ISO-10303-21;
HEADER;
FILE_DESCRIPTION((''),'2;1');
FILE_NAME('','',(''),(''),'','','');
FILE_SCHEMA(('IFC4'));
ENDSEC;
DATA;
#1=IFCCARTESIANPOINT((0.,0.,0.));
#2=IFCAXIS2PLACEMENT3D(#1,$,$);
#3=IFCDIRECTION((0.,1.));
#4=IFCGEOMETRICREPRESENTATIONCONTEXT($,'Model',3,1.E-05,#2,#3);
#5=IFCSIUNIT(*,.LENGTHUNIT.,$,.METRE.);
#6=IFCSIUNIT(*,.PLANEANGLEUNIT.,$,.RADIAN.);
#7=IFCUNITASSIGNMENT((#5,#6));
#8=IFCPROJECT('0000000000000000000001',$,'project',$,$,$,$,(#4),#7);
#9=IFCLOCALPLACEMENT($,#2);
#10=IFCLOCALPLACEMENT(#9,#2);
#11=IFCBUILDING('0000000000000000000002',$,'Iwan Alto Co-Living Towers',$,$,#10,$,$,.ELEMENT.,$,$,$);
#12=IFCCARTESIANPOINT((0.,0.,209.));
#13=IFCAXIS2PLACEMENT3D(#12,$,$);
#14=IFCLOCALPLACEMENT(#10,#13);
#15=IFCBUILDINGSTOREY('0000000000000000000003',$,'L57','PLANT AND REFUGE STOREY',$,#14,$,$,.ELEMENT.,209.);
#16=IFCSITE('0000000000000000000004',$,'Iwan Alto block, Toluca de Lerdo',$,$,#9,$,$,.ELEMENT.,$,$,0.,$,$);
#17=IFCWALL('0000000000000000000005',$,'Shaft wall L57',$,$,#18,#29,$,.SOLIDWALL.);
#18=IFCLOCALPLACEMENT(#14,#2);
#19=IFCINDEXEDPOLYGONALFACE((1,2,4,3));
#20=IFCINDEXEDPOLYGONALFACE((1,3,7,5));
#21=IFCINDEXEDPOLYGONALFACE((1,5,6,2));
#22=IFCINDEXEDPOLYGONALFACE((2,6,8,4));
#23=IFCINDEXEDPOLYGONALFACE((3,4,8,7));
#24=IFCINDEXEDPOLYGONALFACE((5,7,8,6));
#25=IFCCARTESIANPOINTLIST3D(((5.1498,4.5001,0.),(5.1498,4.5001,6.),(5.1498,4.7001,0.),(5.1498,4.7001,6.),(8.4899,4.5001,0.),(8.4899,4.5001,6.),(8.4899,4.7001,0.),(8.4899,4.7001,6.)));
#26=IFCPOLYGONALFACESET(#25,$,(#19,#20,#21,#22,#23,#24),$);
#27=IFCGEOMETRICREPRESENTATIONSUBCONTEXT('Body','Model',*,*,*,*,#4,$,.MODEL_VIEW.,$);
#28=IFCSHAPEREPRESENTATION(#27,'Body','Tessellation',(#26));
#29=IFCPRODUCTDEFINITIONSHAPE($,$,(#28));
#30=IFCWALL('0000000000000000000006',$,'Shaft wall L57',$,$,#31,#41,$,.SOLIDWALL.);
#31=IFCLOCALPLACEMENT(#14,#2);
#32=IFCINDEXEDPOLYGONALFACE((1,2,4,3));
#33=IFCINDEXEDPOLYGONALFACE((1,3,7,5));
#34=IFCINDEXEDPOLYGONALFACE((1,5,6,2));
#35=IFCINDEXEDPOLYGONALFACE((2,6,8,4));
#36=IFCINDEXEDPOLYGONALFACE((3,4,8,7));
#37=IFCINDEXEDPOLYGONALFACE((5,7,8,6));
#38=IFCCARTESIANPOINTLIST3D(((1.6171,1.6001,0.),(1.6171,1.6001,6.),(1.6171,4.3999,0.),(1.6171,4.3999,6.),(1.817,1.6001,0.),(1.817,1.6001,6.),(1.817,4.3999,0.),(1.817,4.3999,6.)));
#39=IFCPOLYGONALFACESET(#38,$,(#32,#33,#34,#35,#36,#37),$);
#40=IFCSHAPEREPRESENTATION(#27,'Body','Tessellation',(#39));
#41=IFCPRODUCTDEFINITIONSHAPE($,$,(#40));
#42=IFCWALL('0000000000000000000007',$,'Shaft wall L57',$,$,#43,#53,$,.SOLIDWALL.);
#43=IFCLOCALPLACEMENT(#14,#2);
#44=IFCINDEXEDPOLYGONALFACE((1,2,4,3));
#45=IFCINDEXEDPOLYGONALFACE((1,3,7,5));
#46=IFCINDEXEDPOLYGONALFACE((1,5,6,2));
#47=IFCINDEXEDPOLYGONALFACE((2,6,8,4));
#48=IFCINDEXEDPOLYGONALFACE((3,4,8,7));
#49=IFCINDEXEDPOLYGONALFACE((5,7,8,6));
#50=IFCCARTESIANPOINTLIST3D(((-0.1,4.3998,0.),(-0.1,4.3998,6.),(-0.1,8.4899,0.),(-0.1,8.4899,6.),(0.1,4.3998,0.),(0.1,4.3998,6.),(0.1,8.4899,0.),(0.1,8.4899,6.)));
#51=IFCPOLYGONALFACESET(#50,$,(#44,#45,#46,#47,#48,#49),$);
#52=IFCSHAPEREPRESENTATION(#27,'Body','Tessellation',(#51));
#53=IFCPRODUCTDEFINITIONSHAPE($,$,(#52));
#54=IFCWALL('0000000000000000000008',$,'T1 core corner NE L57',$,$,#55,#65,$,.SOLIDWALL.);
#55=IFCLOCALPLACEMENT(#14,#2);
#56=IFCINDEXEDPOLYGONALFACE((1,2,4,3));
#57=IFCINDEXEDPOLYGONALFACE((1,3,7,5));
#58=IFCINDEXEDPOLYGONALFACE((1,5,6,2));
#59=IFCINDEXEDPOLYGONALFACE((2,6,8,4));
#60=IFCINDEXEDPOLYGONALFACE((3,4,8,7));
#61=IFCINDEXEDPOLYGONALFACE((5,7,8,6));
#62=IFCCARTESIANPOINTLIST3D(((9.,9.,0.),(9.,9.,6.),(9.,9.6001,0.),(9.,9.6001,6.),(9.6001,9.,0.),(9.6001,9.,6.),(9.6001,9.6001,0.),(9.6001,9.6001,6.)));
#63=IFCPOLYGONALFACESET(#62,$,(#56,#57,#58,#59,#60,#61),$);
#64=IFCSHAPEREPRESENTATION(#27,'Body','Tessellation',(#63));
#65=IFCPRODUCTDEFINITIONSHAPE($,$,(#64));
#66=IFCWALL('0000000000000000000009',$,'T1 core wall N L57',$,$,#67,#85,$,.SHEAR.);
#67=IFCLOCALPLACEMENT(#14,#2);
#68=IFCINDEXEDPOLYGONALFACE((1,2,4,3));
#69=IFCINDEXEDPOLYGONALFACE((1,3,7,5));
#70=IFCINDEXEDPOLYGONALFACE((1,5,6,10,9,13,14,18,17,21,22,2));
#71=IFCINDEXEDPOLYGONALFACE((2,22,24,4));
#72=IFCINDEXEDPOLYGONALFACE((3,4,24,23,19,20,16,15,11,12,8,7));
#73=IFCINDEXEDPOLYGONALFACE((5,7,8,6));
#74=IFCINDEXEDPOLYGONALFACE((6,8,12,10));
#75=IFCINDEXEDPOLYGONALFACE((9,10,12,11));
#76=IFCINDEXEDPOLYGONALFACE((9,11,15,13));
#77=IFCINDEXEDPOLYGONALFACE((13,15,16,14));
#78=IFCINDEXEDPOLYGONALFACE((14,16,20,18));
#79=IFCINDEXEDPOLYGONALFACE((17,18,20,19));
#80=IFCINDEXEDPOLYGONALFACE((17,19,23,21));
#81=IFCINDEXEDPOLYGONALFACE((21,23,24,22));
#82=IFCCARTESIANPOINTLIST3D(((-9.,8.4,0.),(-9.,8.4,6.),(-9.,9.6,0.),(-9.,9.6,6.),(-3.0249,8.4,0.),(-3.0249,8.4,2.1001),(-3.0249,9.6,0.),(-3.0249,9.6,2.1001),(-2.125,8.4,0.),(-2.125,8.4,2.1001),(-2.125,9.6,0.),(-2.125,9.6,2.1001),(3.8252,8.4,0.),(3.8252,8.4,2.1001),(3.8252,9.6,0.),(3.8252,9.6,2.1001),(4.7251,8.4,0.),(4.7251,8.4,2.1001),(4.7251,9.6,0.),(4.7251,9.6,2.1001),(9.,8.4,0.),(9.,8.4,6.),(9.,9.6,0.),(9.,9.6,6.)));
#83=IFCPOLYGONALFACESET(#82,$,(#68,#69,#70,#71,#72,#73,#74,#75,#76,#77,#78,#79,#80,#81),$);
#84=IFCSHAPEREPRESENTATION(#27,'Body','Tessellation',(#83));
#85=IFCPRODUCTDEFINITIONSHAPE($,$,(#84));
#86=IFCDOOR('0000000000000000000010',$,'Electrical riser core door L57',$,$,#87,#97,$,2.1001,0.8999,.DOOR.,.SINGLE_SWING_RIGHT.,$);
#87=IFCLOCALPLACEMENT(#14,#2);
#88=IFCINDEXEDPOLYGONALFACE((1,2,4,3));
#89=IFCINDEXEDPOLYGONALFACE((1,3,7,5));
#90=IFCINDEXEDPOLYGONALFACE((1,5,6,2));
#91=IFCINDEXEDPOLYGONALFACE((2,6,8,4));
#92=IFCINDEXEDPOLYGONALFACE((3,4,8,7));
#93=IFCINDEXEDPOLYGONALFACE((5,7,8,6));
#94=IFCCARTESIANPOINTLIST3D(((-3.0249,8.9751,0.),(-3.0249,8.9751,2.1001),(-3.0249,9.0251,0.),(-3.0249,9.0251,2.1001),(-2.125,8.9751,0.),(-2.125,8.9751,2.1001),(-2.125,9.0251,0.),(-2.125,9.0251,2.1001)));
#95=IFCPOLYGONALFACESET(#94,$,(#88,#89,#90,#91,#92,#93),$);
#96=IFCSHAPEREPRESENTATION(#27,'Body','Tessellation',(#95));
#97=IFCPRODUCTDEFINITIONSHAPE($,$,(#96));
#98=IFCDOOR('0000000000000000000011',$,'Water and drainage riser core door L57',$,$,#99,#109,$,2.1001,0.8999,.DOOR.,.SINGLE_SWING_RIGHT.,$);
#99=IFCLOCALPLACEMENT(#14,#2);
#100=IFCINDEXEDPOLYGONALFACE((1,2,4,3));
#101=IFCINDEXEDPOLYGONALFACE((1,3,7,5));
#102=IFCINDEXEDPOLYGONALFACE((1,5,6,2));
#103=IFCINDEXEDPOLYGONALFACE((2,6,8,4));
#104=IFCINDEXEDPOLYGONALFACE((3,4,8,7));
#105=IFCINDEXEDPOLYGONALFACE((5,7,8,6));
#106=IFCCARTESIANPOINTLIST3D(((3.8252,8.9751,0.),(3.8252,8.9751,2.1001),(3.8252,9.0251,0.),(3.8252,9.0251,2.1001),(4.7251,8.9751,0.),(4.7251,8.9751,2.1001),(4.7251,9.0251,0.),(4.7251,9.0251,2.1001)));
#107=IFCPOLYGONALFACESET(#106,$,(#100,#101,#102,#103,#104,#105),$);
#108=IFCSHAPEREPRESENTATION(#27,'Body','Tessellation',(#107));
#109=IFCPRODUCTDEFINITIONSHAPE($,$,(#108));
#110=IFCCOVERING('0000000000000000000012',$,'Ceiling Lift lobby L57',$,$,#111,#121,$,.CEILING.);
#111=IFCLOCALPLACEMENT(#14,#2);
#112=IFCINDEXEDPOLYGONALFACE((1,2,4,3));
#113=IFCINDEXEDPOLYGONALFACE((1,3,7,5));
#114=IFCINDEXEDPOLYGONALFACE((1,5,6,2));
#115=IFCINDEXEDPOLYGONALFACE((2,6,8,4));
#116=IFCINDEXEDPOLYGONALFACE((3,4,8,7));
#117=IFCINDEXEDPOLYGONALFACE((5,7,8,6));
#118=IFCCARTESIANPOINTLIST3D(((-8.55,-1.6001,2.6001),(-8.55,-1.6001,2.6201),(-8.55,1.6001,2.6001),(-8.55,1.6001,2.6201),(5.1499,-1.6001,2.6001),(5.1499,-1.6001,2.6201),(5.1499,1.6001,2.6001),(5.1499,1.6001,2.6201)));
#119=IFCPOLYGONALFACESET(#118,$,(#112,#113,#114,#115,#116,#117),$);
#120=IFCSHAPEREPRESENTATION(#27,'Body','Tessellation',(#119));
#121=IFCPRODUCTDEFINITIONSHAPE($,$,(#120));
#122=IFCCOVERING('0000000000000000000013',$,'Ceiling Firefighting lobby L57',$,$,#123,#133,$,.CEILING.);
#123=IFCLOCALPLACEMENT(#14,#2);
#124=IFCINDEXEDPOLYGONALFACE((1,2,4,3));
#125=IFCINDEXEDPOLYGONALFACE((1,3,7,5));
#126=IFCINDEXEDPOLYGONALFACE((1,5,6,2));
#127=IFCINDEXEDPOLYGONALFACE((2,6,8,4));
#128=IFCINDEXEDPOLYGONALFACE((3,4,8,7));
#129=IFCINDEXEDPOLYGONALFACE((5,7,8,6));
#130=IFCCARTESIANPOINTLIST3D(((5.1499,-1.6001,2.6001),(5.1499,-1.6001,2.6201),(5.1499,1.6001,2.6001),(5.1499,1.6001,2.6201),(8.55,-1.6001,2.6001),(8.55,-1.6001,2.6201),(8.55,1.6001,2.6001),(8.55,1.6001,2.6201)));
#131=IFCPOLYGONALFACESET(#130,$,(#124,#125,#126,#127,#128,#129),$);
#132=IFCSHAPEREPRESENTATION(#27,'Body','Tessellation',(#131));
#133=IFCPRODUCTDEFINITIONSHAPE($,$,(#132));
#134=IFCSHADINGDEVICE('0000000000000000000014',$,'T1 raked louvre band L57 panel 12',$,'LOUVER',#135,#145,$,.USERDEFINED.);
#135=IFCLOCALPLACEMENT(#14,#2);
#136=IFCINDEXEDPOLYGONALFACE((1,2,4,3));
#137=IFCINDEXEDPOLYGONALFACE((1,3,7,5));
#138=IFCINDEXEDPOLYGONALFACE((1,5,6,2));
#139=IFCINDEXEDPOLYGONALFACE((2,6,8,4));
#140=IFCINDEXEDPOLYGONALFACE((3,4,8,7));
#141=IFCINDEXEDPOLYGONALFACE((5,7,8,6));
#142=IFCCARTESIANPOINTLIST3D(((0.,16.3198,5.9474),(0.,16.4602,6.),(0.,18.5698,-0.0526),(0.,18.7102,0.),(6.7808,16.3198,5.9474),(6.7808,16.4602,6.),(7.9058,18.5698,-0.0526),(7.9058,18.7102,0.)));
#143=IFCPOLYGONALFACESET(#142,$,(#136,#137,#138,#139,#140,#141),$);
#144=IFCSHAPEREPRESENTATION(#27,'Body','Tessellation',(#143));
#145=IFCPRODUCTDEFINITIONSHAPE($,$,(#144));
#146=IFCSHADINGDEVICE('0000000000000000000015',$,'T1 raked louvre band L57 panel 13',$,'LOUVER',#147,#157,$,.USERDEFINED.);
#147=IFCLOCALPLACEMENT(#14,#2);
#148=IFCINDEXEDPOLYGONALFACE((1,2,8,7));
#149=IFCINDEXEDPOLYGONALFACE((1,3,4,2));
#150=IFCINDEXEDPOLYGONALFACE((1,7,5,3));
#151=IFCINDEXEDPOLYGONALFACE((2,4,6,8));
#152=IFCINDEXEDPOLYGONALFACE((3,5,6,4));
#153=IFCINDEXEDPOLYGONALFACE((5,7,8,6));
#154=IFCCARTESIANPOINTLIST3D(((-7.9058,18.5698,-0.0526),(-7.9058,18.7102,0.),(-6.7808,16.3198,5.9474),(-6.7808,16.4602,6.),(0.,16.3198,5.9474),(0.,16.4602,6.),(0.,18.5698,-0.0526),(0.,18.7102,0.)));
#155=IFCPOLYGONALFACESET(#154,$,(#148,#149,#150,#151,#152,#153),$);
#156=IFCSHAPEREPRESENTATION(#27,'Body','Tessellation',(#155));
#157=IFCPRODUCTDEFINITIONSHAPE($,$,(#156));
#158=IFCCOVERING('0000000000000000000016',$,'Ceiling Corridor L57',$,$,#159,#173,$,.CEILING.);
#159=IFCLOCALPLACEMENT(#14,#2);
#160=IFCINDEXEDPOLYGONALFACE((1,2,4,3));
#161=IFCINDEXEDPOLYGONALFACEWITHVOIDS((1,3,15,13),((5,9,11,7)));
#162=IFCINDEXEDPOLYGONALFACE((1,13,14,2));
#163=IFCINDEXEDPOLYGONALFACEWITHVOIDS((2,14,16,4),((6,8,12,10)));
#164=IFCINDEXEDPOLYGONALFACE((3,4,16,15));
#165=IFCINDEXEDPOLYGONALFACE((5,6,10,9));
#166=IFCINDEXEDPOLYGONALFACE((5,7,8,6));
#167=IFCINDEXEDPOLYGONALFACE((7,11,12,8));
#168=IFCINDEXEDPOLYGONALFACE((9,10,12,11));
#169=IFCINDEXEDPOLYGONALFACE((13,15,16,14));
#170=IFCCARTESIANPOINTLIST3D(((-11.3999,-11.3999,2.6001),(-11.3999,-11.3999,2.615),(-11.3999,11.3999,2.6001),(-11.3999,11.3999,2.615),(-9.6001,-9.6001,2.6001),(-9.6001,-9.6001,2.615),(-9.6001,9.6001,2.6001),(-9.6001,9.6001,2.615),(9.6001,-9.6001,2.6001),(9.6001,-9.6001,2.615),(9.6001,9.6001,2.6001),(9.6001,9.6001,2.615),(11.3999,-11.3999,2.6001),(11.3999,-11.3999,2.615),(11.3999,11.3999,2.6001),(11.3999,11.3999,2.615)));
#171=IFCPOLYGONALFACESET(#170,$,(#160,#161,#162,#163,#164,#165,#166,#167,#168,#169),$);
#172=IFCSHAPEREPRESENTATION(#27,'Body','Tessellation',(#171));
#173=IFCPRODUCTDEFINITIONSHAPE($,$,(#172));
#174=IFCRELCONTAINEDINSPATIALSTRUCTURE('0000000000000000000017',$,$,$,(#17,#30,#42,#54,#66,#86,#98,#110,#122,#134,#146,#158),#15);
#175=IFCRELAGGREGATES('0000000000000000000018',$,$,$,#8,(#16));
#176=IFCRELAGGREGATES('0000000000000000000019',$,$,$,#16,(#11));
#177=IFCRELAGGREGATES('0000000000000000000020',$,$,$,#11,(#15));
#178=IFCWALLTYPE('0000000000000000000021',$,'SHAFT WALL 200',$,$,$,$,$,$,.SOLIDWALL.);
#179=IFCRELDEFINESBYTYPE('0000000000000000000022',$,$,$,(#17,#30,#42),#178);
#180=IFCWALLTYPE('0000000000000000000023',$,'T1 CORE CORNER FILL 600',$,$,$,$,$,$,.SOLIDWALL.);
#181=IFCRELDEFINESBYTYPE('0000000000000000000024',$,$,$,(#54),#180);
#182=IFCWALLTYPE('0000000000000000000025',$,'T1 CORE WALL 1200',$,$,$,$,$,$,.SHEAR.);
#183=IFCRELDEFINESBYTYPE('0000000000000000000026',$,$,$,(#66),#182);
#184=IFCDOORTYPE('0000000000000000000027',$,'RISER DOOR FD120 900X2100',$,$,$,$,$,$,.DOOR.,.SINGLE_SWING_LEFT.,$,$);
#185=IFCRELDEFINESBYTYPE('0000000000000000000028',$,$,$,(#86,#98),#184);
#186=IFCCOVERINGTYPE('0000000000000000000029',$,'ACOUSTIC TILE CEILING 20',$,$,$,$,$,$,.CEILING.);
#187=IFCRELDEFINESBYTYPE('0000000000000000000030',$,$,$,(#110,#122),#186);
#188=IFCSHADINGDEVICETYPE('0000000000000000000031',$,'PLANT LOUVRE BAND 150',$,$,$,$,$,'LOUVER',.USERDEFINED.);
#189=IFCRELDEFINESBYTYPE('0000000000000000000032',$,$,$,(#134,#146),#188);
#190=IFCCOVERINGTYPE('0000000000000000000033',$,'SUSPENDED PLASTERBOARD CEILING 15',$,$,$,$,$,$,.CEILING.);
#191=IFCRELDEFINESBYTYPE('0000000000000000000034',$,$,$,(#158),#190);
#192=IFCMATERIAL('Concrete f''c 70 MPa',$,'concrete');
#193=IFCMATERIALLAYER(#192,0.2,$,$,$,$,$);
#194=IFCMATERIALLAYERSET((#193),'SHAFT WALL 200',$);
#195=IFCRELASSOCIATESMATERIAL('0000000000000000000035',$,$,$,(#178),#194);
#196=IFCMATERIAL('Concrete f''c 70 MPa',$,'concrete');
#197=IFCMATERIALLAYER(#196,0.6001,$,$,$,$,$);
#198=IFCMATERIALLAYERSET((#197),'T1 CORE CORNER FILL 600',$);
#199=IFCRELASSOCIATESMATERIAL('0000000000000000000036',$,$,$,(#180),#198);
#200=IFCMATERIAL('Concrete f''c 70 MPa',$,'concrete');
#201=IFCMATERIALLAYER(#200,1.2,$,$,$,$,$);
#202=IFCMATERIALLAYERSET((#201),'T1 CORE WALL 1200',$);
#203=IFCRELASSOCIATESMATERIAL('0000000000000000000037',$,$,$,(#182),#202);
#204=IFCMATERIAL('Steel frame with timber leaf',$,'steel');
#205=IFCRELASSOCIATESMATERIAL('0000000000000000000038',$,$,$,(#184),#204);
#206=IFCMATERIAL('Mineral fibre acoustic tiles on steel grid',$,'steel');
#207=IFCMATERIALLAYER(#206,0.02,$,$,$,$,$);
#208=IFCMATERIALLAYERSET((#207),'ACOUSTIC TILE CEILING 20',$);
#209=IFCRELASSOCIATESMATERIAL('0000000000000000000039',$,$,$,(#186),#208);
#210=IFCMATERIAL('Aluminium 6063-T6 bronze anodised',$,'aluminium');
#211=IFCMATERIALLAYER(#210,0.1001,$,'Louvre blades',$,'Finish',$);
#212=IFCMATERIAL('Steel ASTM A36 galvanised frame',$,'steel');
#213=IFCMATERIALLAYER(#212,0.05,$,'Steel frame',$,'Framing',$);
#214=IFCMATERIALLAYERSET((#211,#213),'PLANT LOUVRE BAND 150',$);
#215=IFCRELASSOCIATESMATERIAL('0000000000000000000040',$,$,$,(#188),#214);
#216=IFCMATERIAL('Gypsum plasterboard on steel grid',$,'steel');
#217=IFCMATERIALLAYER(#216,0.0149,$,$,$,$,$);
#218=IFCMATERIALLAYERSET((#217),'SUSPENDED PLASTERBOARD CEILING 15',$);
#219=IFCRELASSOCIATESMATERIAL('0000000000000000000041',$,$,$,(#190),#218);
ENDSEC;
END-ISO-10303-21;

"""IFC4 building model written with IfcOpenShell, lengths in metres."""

from ifc_helpers import new_model, si_unit, direction, frame, frame_2d, origin, place, context, subcontext, project, spatial, polyline, rectangle, outline, extrude, material, layer, layer_set, type_object, element, fill, save


model = new_model("IFC4")

# Units and contexts
model_context = context("Model", 3, precision=1e-05, world=origin(), true_north=direction((0.0, 1.0)))
body_context = subcontext(model_context, "Body", "Model", "MODEL_VIEW")
ifc_project = project(units=[si_unit("LENGTHUNIT", "METRE"), si_unit("PLANEANGLEUNIT", "RADIAN")], contexts=[model_context])

# Site, building, storey
site_placement = place(None, origin())
site = spatial("IfcSite", under=ifc_project, at=site_placement, Name="Iwan Alto block, Toluca de Lerdo", CompositionType="ELEMENT", RefElevation=0.0)
building_placement = place(site_placement, origin())
building = spatial("IfcBuilding", under=site, at=building_placement, Name="Iwan Alto Co-Living Towers", CompositionType="ELEMENT")
storey_placement = place(building_placement, frame((0.0, 0.0, 209.0)))
storey = spatial("IfcBuildingStorey", under=building, at=storey_placement, Name="L57", Description="PLANT AND REFUGE STOREY", CompositionType="ELEMENT", Elevation=209.0)

# Walls
ifc_material_1 = material(Name="Concrete f'c 70 MPa", Category="concrete")
ifc_layer_1 = layer(ifc_material_1, 0.2)
ifc_layer_set_1 = layer_set([ifc_layer_1], Name="SHAFT WALL 200")
wall_type_1 = type_object("IfcWallType", Name="SHAFT WALL 200", PredefinedType="SOLIDWALL", material=ifc_layer_set_1)
wall_1_placement = place(storey_placement, frame((5.1499, 4.6001, 0.0), z_axis=(0.0, 0.0, 1.0), x_axis=(1.0, 0.0, 0.0)))
element("IfcWall", 1, at=wall_1_placement, inside=storey, type_object=wall_type_1, Name="Shaft wall L57", PredefinedType="SOLIDWALL", context=body_context, shape_type="SweptSolid", body=[
    extrude(rectangle(XDim=3.3401, YDim=0.2, at=frame_2d((1.6699, 0.0))), origin(), (0.0, 0.0, 1.0), 6.0),
])
wall_2_placement = place(storey_placement, frame((1.717, 1.6001, 0.0), z_axis=(0.0, 0.0, 1.0), x_axis=(0.0, 1.0, 0.0)))
element("IfcWall", 2, at=wall_2_placement, inside=storey, type_object=wall_type_1, Name="Shaft wall L57", PredefinedType="SOLIDWALL", context=body_context, shape_type="SweptSolid", body=[
    extrude(rectangle(XDim=2.7998, YDim=0.2, at=frame_2d((1.3999, 0.0))), origin(), (0.0, 0.0, 1.0), 6.0),
])
wall_3_placement = place(storey_placement, frame((0.0, 4.3999, 0.0), z_axis=(0.0, 0.0, 1.0), x_axis=(0.0, 1.0, 0.0)))
element("IfcWall", 3, at=wall_3_placement, inside=storey, type_object=wall_type_1, Name="Shaft wall L57", PredefinedType="SOLIDWALL", context=body_context, shape_type="SweptSolid", body=[
    extrude(rectangle(XDim=4.0901, YDim=0.2, at=frame_2d((2.0449, 0.0))), origin(), (0.0, 0.0, 1.0), 6.0),
])
ifc_material_2 = material(Name="Concrete f'c 70 MPa", Category="concrete")
ifc_layer_2 = layer(ifc_material_2, 0.6001)
ifc_layer_set_2 = layer_set([ifc_layer_2], Name="T1 CORE CORNER FILL 600")
wall_type_2 = type_object("IfcWallType", Name="T1 CORE CORNER FILL 600", PredefinedType="SOLIDWALL", material=ifc_layer_set_2)
wall_4_placement = place(storey_placement, frame((9.0, 9.3, 0.0), z_axis=(0.0, 0.0, 1.0), x_axis=(1.0, 0.0, 0.0)))
element("IfcWall", 4, at=wall_4_placement, inside=storey, type_object=wall_type_2, Name="T1 core corner NE L57", PredefinedType="SOLIDWALL", context=body_context, shape_type="SweptSolid", body=[
    extrude(rectangle(XDim=0.6001, YDim=0.6001, at=frame_2d((0.3, 0.0))), origin(), (0.0, 0.0, 1.0), 6.0),
])

# Wall, openings, doors
ifc_material_3 = material(Name="Concrete f'c 70 MPa", Category="concrete")
ifc_layer_3 = layer(ifc_material_3, 1.2)
ifc_layer_set_3 = layer_set([ifc_layer_3], Name="T1 CORE WALL 1200")
wall_type_3 = type_object("IfcWallType", Name="T1 CORE WALL 1200", PredefinedType="SHEAR", material=ifc_layer_set_3)
wall_5_placement = place(storey_placement, frame((9.0, 9.0, 0.0), z_axis=(0.0, 0.0, 1.0), x_axis=(-1.0, 0.0, 0.0)))
wall_5 = element("IfcWall", 5, at=wall_5_placement, inside=storey, type_object=wall_type_3, Name="T1 core wall N L57", PredefinedType="SHEAR", context=body_context, shape_type="SweptSolid", body=[
    extrude(rectangle(XDim=18.0, YDim=1.2, at=frame_2d((9.0, 0.0))), origin(), (0.0, 0.0, 1.0), 6.0),
])
opening_1_placement = place(wall_5_placement, frame((11.125, 0.0, 0.0)))
opening_1 = element("IfcOpeningElement", 6, at=opening_1_placement, cuts=wall_5, PredefinedType="OPENING", context=body_context, shape_type="SweptSolid", body=[
    extrude(rectangle(XDim=0.8999, YDim=2.1001, at=frame_2d((0.45, 1.05))), frame((0.0, 0.6099, 0.0), z_axis=(0.0, -1.0, 0.0), x_axis=(1.0, 0.0, 0.0)), (0.0, 0.0, 1.0), 1.22),
])
opening_2_placement = place(wall_5_placement, frame((4.2749, 0.0, 0.0)))
opening_2 = element("IfcOpeningElement", 7, at=opening_2_placement, cuts=wall_5, PredefinedType="OPENING", context=body_context, shape_type="SweptSolid", body=[
    extrude(rectangle(XDim=0.8999, YDim=2.1001, at=frame_2d((0.45, 1.05))), frame((0.0, 0.6099, 0.0), z_axis=(0.0, -1.0, 0.0), x_axis=(1.0, 0.0, 0.0)), (0.0, 0.0, 1.0), 1.22),
])
ifc_material_4 = material(Name="Steel frame with timber leaf", Category="steel")
door_type = type_object("IfcDoorType", Name="RISER DOOR FD120 900X2100", OperationType="SINGLE_SWING_LEFT", PredefinedType="DOOR", material=ifc_material_4)
door_1_placement = place(opening_1_placement, origin())
door_1 = element("IfcDoor", 8, at=door_1_placement, inside=storey, type_object=door_type, Name="Electrical riser core door L57", OperationType="SINGLE_SWING_RIGHT", OverallHeight=2.1001, OverallWidth=0.8999, PredefinedType="DOOR", context=body_context, shape_type="SweptSolid", body=[
    extrude(rectangle(XDim=0.8999, YDim=2.1001, at=frame_2d((0.45, 1.05))), frame((0.0, 0.0249, 0.0), z_axis=(0.0, -1.0, 0.0), x_axis=(1.0, 0.0, 0.0)), (0.0, 0.0, 1.0), 0.05),
])
fill(opening_1, door_1)
door_2_placement = place(opening_2_placement, origin())
door_2 = element("IfcDoor", 9, at=door_2_placement, inside=storey, type_object=door_type, Name="Water and drainage riser core door L57", OperationType="SINGLE_SWING_RIGHT", OverallHeight=2.1001, OverallWidth=0.8999, PredefinedType="DOOR", context=body_context, shape_type="SweptSolid", body=[
    extrude(rectangle(XDim=0.8999, YDim=2.1001, at=frame_2d((0.45, 1.05))), frame((0.0, 0.0249, 0.0), z_axis=(0.0, -1.0, 0.0), x_axis=(1.0, 0.0, 0.0)), (0.0, 0.0, 1.0), 0.05),
])
fill(opening_2, door_2)

# Coverings
ifc_material_5 = material(Name="Mineral fibre acoustic tiles on steel grid", Category="steel")
ifc_layer_4 = layer(ifc_material_5, 0.02)
ifc_layer_set_4 = layer_set([ifc_layer_4], Name="ACOUSTIC TILE CEILING 20")
covering_type_1 = type_object("IfcCoveringType", Name="ACOUSTIC TILE CEILING 20", PredefinedType="CEILING", material=ifc_layer_set_4)
covering_1_placement = place(storey_placement, frame((0.0, 0.0, 2.6001)))
element("IfcCovering", 10, at=covering_1_placement, inside=storey, type_object=covering_type_1, Name="Ceiling Lift lobby L57", PredefinedType="CEILING", context=body_context, shape_type="SweptSolid", body=[
    extrude(outline(polyline([(-8.55, -1.6001), (-8.55, 1.6001), (5.1499, 1.6001), (5.1499, -1.6001), (-8.55, -1.6001)])), origin(), (0.0, 0.0, 1.0), 0.02),
])
covering_2_placement = place(storey_placement, frame((0.0, 0.0, 2.6001)))
element("IfcCovering", 11, at=covering_2_placement, inside=storey, type_object=covering_type_1, Name="Ceiling Firefighting lobby L57", PredefinedType="CEILING", context=body_context, shape_type="SweptSolid", body=[
    extrude(outline(polyline([(5.1499, -1.6001), (5.1499, 1.6001), (8.55, 1.6001), (8.55, -1.6001), (5.1499, -1.6001)])), origin(), (0.0, 0.0, 1.0), 0.02),
])

# Shading devices
ifc_material_6 = material(Name="Aluminium 6063-T6 bronze anodised", Category="aluminium")
ifc_layer_5 = layer(ifc_material_6, 0.1001, Name="Louvre blades", Category="Finish")
ifc_material_7 = material(Name="Steel ASTM A36 galvanised frame", Category="steel")
ifc_layer_6 = layer(ifc_material_7, 0.05, Name="Steel frame", Category="Framing")
ifc_layer_set_5 = layer_set([ifc_layer_5, ifc_layer_6], Name="PLANT LOUVRE BAND 150")
shading_device_type = type_object("IfcShadingDeviceType", Name="PLANT LOUVRE BAND 150", ElementType="LOUVER", PredefinedType="USERDEFINED", material=ifc_layer_set_5)
shading_device_1_placement = place(storey_placement, frame((7.9058, 18.7102, 0.0), z_axis=(0.0, 0.936329, 0.351123), x_axis=(-1.0, 0.0, 0.0)))
element("IfcShadingDevice", 12, at=shading_device_1_placement, inside=storey, type_object=shading_device_type, Name="T1 raked louvre band L57 panel 12", ObjectType="LOUVER", PredefinedType="USERDEFINED", context=body_context, shape_type="SweptSolid", body=[
    extrude(outline(polyline([(0.0, 0.0), (7.9058, 0.0), (7.9058, 6.408), (1.125, 6.408), (0.0, 0.0)])), origin(), (0.0, 0.0, -1.0), 0.1499),
])
shading_device_2_placement = place(storey_placement, frame((0.0, 18.7102, 0.0), z_axis=(0.0, 0.936329, 0.351123), x_axis=(-1.0, 0.0, 0.0)))
element("IfcShadingDevice", 13, at=shading_device_2_placement, inside=storey, type_object=shading_device_type, Name="T1 raked louvre band L57 panel 13", ObjectType="LOUVER", PredefinedType="USERDEFINED", context=body_context, shape_type="SweptSolid", body=[
    extrude(outline(polyline([(0.0, 0.0), (7.9058, 0.0), (6.7808, 6.408), (0.0, 6.408), (0.0, 0.0)])), origin(), (0.0, 0.0, -1.0), 0.1499),
])

# Covering
ifc_material_8 = material(Name="Gypsum plasterboard on steel grid", Category="steel")
ifc_layer_7 = layer(ifc_material_8, 0.0149)
ifc_layer_set_6 = layer_set([ifc_layer_7], Name="SUSPENDED PLASTERBOARD CEILING 15")
covering_type_2 = type_object("IfcCoveringType", Name="SUSPENDED PLASTERBOARD CEILING 15", PredefinedType="CEILING", material=ifc_layer_set_6)
covering_3_placement = place(storey_placement, frame((0.0, 0.0, 2.6001)))
element("IfcCovering", 14, at=covering_3_placement, inside=storey, type_object=covering_type_2, Name="Ceiling Corridor L57", PredefinedType="CEILING", context=body_context, shape_type="SweptSolid", body=[
    extrude(outline(polyline([(-11.3999, 11.3999), (11.3999, 11.3999), (11.3999, -11.3999), (-11.3999, -11.3999), (-11.3999, 11.3999)]), holes=[polyline([(-9.6001, 9.6001), (-9.6001, -9.6001), (9.6001, -9.6001), (9.6001, 9.6001), (-9.6001, 9.6001)])]), origin(), (0.0, 0.0, 1.0), 0.0149),
])

save(model, "model.ifc")
